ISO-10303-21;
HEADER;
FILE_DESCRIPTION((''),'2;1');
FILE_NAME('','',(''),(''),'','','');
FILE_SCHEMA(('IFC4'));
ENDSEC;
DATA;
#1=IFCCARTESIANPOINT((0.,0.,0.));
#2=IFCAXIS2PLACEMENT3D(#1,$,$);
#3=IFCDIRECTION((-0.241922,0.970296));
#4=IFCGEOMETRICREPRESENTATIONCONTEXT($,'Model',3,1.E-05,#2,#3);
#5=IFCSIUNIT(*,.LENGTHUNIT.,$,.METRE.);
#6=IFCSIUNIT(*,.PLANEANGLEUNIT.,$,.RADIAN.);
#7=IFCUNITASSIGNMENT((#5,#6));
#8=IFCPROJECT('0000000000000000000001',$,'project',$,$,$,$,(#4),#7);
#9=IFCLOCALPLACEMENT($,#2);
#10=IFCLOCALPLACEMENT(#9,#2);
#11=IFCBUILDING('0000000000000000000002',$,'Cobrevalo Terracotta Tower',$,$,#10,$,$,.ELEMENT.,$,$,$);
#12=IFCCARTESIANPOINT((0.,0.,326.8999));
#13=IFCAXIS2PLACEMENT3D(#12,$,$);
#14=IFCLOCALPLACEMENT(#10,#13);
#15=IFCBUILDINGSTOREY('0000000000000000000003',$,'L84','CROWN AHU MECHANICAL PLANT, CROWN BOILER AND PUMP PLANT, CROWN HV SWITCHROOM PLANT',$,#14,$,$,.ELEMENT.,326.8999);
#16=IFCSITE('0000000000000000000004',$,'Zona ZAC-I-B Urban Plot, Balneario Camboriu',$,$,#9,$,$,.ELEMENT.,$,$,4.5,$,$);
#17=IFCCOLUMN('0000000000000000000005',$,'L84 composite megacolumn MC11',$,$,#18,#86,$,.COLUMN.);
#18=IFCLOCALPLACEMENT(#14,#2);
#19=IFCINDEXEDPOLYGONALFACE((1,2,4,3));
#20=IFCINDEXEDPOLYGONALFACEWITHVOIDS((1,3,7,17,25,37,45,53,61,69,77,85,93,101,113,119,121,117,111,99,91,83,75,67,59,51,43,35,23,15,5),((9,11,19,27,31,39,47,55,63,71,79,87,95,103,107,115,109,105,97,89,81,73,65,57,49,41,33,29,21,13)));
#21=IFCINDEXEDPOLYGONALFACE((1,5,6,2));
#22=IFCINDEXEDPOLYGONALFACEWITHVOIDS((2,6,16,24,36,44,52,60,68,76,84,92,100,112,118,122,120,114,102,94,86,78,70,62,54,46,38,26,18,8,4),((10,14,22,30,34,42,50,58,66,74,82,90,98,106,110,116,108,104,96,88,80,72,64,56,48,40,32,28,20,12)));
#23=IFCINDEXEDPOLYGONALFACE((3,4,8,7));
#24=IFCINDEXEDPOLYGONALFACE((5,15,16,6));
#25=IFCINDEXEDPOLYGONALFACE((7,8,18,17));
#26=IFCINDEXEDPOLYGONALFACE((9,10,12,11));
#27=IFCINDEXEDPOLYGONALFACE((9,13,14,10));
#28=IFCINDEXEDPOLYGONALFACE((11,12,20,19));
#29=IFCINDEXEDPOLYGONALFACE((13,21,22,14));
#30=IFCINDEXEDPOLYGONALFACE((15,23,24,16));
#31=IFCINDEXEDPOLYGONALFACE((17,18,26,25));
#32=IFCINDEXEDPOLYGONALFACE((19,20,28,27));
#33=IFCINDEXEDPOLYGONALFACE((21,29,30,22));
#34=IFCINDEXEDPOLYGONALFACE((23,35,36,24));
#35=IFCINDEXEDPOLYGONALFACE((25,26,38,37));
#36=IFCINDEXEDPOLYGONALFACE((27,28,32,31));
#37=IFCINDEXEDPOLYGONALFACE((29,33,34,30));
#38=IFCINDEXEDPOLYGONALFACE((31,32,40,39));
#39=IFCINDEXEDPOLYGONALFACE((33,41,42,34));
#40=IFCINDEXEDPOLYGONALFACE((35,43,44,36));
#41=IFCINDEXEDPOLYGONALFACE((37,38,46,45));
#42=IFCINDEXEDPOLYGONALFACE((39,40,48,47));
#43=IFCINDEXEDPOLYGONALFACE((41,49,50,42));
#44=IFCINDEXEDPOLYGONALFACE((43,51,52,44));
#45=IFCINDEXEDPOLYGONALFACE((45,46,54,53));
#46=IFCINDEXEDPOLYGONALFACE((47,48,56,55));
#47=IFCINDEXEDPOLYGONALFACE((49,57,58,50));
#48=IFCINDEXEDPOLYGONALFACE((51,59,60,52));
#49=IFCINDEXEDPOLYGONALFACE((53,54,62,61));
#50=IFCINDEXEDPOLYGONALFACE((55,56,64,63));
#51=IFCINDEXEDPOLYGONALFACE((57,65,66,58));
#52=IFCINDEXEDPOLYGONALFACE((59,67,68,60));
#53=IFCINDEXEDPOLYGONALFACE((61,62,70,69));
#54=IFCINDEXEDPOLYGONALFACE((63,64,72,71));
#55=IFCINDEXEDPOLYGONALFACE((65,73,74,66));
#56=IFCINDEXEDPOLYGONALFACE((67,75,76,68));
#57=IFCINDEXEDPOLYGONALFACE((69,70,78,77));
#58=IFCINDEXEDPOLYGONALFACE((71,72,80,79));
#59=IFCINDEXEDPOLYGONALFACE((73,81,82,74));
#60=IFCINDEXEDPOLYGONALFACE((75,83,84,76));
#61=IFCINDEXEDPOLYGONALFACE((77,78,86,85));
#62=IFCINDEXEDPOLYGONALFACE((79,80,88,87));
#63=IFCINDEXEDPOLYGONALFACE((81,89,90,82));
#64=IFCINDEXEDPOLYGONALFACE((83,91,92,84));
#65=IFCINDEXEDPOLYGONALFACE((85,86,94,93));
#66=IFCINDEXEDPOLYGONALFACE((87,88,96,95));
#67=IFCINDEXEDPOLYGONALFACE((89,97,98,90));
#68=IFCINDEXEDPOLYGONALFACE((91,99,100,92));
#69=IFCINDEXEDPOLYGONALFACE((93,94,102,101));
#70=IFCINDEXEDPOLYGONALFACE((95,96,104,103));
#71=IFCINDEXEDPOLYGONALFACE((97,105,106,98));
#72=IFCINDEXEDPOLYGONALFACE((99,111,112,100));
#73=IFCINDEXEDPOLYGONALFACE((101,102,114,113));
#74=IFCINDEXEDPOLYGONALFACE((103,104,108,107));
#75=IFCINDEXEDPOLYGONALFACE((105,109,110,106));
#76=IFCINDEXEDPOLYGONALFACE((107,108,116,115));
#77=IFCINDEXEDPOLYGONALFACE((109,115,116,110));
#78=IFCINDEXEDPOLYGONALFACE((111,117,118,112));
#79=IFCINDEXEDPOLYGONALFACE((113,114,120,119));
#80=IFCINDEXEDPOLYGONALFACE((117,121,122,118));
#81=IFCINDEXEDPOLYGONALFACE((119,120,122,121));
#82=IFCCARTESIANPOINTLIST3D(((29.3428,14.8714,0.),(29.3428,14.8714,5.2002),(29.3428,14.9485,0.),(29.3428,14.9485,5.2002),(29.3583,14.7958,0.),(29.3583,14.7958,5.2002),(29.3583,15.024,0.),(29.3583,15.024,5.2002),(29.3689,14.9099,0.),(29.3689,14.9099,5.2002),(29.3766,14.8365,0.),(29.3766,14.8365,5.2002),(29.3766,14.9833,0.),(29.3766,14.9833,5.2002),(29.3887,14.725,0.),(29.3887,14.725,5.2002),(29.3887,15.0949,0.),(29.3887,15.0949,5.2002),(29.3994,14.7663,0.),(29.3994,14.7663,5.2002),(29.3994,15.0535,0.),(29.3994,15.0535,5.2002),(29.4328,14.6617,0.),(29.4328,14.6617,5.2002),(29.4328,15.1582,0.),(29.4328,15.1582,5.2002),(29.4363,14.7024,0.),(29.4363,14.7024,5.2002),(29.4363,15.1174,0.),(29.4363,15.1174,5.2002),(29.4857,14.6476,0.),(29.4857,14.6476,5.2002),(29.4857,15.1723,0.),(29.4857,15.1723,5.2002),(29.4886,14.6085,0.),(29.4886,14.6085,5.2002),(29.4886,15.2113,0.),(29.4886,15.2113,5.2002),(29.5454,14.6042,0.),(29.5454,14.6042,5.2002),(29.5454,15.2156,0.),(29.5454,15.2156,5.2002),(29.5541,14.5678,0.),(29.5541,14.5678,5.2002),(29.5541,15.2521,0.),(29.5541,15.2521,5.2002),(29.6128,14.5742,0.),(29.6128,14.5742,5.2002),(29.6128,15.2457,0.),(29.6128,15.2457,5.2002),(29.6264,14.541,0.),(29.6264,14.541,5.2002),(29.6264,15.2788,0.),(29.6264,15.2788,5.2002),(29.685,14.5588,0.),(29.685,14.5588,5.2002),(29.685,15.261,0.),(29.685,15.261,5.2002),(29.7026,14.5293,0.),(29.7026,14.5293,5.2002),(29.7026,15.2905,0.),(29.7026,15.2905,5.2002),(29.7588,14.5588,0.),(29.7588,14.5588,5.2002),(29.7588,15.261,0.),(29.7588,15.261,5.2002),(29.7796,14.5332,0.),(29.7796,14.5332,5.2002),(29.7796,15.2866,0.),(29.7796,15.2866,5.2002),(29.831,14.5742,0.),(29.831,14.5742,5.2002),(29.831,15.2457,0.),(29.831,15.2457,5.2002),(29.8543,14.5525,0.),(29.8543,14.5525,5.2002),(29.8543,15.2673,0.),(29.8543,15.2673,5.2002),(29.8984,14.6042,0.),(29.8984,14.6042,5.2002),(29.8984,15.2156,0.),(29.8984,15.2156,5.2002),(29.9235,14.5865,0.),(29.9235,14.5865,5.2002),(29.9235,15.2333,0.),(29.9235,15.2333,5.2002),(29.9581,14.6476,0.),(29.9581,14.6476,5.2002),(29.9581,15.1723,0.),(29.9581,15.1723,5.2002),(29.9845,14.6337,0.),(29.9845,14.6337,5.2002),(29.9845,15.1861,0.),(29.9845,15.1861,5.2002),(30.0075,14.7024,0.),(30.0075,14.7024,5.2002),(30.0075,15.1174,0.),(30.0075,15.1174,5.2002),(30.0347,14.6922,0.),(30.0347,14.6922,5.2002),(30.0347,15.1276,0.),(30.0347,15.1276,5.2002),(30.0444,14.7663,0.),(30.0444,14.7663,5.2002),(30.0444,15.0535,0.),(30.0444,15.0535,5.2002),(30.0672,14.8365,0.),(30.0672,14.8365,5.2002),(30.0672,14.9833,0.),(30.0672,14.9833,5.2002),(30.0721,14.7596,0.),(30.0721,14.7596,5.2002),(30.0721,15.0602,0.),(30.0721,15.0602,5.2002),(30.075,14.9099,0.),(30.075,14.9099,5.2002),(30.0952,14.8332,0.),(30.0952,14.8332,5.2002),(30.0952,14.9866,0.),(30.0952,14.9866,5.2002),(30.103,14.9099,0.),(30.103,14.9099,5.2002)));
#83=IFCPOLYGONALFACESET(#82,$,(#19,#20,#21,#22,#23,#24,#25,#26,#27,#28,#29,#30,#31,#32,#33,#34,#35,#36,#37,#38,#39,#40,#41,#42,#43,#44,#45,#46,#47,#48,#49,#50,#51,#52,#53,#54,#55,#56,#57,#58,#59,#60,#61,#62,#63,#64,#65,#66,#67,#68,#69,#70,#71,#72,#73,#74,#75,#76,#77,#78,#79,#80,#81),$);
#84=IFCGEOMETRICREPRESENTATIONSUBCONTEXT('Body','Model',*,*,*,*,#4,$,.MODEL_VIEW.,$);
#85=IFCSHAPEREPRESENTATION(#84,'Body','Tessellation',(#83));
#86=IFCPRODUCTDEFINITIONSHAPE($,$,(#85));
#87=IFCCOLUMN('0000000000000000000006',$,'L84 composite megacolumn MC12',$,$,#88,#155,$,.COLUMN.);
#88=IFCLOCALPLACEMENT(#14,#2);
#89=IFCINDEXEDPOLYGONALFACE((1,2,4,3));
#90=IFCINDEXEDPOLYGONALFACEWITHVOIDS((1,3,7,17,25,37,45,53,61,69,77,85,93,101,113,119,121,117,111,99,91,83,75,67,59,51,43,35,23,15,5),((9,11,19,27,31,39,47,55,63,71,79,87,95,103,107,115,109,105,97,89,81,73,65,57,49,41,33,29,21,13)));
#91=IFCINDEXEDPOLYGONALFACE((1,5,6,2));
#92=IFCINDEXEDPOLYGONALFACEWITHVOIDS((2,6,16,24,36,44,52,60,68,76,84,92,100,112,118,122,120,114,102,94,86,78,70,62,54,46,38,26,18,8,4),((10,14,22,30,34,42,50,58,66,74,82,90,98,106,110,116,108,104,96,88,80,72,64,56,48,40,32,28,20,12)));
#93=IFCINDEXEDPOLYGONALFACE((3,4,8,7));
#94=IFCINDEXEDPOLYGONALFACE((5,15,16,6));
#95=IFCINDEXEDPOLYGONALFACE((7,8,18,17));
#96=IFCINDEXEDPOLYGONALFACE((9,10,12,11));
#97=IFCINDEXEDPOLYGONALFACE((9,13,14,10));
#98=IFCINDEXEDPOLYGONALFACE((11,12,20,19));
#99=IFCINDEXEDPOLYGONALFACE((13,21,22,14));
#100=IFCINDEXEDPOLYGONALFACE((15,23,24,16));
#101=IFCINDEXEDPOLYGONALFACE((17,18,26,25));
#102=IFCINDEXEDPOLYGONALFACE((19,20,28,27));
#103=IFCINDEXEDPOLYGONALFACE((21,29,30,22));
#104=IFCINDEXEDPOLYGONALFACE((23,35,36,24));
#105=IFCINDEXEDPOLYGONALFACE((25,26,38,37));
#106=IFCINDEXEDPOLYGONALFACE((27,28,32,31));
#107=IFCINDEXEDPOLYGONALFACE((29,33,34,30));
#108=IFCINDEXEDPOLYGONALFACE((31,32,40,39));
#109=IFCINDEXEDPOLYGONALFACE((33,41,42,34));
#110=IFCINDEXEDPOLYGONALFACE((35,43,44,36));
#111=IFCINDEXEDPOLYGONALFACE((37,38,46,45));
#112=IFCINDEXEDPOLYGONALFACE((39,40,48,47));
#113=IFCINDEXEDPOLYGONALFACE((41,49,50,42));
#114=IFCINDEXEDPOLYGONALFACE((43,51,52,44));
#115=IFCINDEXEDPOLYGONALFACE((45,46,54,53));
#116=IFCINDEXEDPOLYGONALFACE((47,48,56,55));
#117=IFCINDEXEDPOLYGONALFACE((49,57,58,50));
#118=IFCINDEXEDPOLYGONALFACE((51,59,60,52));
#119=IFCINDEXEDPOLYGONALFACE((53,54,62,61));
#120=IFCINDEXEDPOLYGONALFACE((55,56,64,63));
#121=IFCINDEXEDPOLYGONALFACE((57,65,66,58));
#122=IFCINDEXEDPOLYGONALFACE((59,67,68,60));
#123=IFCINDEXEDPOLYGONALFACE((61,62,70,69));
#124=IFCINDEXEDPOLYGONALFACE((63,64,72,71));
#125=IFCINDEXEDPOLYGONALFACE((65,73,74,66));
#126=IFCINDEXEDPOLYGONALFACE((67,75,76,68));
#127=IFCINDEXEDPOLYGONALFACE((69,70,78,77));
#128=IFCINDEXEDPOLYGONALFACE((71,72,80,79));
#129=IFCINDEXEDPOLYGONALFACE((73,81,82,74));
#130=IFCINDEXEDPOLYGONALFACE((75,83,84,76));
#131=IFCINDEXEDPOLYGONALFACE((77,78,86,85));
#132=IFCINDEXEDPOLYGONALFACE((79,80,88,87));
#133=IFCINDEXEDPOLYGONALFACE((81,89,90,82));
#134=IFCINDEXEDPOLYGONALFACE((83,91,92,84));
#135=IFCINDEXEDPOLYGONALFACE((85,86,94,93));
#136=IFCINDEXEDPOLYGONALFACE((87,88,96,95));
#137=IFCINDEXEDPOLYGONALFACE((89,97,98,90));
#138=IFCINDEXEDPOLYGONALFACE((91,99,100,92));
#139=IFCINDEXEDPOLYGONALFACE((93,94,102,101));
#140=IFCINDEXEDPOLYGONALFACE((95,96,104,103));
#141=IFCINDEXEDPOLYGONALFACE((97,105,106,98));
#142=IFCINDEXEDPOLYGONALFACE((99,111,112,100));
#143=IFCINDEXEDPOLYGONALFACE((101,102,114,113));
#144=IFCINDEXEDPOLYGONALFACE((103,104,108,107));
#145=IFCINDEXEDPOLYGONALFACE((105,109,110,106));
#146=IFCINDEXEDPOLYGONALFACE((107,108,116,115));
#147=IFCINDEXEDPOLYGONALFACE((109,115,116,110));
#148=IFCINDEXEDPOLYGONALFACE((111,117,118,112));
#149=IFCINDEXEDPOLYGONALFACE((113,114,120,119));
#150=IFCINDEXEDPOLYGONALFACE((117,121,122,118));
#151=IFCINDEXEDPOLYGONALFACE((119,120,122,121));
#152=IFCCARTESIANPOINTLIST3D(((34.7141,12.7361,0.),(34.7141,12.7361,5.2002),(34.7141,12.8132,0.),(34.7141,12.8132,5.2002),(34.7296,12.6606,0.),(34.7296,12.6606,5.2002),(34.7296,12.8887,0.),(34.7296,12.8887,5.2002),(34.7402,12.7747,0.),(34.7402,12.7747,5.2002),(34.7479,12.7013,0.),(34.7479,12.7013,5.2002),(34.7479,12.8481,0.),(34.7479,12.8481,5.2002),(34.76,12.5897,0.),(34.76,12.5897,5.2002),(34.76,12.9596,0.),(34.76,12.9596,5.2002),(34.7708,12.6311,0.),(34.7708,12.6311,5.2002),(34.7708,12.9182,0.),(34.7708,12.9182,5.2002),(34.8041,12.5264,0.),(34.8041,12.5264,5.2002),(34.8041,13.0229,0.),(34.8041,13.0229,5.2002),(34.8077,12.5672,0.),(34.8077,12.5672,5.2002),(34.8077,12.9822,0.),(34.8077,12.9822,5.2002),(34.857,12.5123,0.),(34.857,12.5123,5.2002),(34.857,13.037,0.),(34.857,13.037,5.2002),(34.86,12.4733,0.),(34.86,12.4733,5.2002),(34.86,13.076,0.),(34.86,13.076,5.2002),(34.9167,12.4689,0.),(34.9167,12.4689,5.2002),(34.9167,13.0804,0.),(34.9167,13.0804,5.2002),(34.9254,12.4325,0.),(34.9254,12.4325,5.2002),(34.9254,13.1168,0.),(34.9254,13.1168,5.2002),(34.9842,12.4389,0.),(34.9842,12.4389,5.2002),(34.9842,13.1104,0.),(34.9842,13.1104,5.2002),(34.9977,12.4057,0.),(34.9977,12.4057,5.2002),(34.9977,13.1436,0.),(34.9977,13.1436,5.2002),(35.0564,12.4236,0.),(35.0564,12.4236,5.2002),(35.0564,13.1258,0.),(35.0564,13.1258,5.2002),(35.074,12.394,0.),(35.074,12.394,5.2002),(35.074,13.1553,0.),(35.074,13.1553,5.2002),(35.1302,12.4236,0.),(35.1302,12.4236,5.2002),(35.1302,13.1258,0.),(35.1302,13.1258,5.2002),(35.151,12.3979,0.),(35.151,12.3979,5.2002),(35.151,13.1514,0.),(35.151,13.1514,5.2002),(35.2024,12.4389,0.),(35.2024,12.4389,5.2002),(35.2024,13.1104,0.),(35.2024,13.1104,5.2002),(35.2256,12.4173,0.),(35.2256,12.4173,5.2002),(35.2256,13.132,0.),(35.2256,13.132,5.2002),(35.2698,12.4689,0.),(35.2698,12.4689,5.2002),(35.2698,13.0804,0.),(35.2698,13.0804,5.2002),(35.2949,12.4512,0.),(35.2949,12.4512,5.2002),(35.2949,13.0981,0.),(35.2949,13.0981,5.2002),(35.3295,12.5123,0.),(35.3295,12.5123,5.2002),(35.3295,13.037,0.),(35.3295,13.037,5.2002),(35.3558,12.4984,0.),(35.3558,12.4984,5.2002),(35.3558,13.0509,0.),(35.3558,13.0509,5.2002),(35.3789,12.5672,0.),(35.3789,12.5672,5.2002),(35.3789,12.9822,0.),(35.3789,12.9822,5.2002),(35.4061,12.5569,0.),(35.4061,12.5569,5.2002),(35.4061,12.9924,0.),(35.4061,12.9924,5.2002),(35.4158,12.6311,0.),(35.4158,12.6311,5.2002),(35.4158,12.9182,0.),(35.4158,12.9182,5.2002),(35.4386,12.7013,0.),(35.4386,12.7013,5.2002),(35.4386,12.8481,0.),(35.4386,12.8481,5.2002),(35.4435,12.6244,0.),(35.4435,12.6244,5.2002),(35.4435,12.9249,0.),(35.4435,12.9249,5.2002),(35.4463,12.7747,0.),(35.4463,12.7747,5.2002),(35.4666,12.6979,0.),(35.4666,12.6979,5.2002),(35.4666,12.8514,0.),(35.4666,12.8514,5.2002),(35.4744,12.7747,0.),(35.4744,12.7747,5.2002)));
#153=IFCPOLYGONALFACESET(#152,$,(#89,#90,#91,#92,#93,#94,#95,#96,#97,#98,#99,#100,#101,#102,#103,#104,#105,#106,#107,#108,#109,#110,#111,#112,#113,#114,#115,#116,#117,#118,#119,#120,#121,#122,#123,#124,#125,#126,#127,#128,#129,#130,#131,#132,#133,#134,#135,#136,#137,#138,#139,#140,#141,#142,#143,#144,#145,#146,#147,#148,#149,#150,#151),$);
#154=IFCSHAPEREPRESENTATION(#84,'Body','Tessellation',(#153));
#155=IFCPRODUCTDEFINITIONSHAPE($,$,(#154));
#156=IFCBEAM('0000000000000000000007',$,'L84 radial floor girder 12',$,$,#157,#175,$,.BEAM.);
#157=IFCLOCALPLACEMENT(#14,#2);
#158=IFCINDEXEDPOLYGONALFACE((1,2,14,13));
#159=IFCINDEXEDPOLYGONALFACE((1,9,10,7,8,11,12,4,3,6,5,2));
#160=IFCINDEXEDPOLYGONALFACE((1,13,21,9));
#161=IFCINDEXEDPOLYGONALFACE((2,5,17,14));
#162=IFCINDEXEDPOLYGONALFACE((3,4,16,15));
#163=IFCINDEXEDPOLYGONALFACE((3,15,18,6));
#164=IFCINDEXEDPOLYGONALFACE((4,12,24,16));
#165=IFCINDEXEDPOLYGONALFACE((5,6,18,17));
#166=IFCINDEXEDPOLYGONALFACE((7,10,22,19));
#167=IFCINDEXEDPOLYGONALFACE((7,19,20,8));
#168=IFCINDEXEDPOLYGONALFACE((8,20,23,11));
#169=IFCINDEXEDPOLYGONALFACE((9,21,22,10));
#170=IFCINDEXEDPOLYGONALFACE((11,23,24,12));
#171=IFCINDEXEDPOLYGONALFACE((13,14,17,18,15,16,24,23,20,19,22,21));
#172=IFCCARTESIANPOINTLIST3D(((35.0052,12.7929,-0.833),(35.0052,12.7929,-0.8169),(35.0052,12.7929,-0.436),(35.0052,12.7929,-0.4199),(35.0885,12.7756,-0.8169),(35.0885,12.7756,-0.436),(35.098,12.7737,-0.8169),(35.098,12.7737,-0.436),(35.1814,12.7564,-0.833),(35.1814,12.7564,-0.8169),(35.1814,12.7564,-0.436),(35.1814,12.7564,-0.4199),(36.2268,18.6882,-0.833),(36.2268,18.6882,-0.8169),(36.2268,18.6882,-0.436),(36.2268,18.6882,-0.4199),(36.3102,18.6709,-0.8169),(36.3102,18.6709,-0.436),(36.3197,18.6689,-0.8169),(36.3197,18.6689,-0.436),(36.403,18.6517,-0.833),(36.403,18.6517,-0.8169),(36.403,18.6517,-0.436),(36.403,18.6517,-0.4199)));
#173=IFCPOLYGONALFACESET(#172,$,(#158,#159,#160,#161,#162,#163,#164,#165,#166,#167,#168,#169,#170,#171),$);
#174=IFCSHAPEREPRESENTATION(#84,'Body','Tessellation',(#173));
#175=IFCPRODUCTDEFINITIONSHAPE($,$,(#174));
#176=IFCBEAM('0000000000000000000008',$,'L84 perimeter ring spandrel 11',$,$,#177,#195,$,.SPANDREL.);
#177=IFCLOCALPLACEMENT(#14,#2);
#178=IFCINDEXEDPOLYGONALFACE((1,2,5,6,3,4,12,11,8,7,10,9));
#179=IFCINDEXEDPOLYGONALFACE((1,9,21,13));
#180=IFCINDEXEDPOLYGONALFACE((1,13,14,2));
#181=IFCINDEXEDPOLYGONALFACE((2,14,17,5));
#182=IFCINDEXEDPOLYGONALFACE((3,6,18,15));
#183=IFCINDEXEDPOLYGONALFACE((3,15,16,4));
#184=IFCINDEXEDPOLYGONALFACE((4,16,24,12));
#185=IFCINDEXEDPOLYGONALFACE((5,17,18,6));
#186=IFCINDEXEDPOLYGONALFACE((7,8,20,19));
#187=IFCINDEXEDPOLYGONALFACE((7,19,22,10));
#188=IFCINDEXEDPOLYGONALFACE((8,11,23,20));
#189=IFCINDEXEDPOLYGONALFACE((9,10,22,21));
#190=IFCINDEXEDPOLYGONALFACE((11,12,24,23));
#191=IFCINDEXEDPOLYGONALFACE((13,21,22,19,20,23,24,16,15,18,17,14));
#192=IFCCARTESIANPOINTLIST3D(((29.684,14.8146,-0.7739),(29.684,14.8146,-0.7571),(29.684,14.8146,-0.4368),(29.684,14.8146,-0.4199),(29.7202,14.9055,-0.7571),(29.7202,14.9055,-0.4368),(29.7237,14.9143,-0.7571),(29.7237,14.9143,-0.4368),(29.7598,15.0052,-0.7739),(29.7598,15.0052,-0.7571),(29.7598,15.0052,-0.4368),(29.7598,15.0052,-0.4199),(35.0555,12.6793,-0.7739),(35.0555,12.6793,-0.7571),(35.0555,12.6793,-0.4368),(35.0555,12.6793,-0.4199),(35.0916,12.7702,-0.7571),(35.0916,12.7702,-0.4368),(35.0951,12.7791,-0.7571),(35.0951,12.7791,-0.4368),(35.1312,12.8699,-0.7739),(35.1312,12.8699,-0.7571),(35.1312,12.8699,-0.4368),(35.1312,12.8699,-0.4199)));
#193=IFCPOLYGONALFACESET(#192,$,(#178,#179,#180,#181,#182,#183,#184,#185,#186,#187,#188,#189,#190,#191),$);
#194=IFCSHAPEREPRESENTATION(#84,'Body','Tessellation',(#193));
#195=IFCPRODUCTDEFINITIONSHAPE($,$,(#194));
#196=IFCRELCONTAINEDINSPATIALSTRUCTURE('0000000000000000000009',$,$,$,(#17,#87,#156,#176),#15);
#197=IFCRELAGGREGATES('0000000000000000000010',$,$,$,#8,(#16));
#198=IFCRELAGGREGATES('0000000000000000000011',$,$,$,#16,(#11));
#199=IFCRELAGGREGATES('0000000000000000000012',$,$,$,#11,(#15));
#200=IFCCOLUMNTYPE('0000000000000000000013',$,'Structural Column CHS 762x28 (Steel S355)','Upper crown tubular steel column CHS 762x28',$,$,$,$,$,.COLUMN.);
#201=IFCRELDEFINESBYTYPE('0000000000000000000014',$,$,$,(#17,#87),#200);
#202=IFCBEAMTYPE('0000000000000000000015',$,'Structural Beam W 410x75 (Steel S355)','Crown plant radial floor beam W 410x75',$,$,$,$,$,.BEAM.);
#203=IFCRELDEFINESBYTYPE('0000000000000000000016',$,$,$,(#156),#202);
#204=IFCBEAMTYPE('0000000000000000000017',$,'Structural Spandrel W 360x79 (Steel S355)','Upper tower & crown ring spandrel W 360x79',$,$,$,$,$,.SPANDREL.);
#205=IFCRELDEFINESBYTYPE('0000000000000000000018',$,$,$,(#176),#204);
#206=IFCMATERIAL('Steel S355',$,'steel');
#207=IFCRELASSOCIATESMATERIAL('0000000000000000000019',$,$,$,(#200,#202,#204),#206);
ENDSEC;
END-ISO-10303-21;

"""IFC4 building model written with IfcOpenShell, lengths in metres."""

from ifc_helpers import new_model, si_unit, direction, frame, origin, origin_2d, place, context, subcontext, project, spatial, hollow_circle, i_section, extrude, material, material_profile, profile_set, type_object, element, save


model = new_model("IFC4")

# Units and contexts
model_context = context("Model", 3, precision=1e-05, world=origin(), true_north=direction((-0.241922, 0.970296)))
body_context = subcontext(model_context, "Body", "Model", "MODEL_VIEW")
ifc_project = project(units=[si_unit("LENGTHUNIT", "METRE"), si_unit("PLANEANGLEUNIT", "RADIAN")], contexts=[model_context])

# Site, building, storey
site_placement = place(None, origin())
site = spatial("IfcSite", under=ifc_project, at=site_placement, Name="Zona ZAC-I-B Urban Plot, Balneario Camboriu", CompositionType="ELEMENT", RefElevation=4.5)
building_placement = place(site_placement, origin())
building = spatial("IfcBuilding", under=site, at=building_placement, Name="Cobrevalo Terracotta Tower", CompositionType="ELEMENT")
storey_placement = place(building_placement, frame((0.0, 0.0, 326.8999)))
storey = spatial("IfcBuildingStorey", under=building, at=storey_placement, Name="L84", Description="CROWN AHU MECHANICAL PLANT, CROWN BOILER AND PUMP PLANT, CROWN HV SWITCHROOM PLANT", CompositionType="ELEMENT", Elevation=326.8999)

# Columns
ifc_material_1 = material(Name="Steel S355", Category="steel")
ifc_material_profile_1 = material_profile(ifc_material_1, hollow_circle(Radius=0.3811, WallThickness=0.0281, at=origin_2d()), Name="CHS 762x28")
ifc_profile_set_1 = profile_set([ifc_material_profile_1], Name="Steel S355")
column_type = type_object("IfcColumnType", Name="Structural Column CHS 762x28 (Steel S355)", Description="Upper crown tubular steel column CHS 762x28", PredefinedType="COLUMN", material=ifc_profile_set_1)
for number, where, z_axis, x_axis, name in (
    (1, (29.7219, 14.9099, 0.0), (0.0, 0.0, 1.0), (1.0, 0.0, 0.0), "L84 composite megacolumn MC11"),
    (2, (35.0933, 12.7747, 0.0), (0.0, 0.0, 1.0), (1.0, 0.0, 0.0), "L84 composite megacolumn MC12"),
):
    element("IfcColumn", number, at=place(storey_placement, frame(where, z_axis=z_axis, x_axis=x_axis)), inside=storey, type_object=column_type, Name=name, PredefinedType="COLUMN", context=body_context, shape_type="SweptSolid", body=[
        extrude(hollow_circle(Radius=0.3811, WallThickness=0.0281, at=origin_2d()), origin(), (0.0, 0.0, 1.0), 5.2002),
    ])

# Beams
ifc_material_profile_2 = material_profile(ifc_material_1, i_section(OverallWidth=0.1799, OverallDepth=0.4131, WebThickness=0.0098, FlangeThickness=0.0161, at=origin_2d()), Name="W 410x75")
ifc_profile_set_2 = profile_set([ifc_material_profile_2], Name="Steel S355")
beam_type_1 = type_object("IfcBeamType", Name="Structural Beam W 410x75 (Steel S355)", Description="Crown plant radial floor beam W 410x75", PredefinedType="BEAM", material=ifc_profile_set_2)
beam_1_placement = place(storey_placement, frame((35.0933, 12.7747, -0.6265), z_axis=(0.202919, 0.979195, 0.0), x_axis=(-0.979195, 0.202919, 0.0)))
element("IfcBeam", 3, at=beam_1_placement, inside=storey, type_object=beam_type_1, Name="L84 radial floor girder 12", PredefinedType="BEAM", context=body_context, shape_type="SweptSolid", body=[
    extrude(i_section(OverallWidth=0.1799, OverallDepth=0.4131, WebThickness=0.0098, FlangeThickness=0.0161, at=origin_2d()), origin(), (0.0, 0.0, 1.0), 6.0205),
])
ifc_material_profile_3 = material_profile(ifc_material_1, i_section(OverallWidth=0.2051, OverallDepth=0.354, WebThickness=0.0095, FlangeThickness=0.0168, at=origin_2d()), Name="W 360x79")
ifc_profile_set_3 = profile_set([ifc_material_profile_3], Name="Steel S355")
beam_type_2 = type_object("IfcBeamType", Name="Structural Spandrel W 360x79 (Steel S355)", Description="Upper tower & crown ring spandrel W 360x79", PredefinedType="SPANDREL", material=ifc_profile_set_3)
beam_2_placement = place(storey_placement, frame((29.7219, 14.9099, -0.5969), z_axis=(0.929267, -0.369409, 0.0), x_axis=(0.369409, 0.929267, 0.0)))
element("IfcBeam", 4, at=beam_2_placement, inside=storey, type_object=beam_type_2, Name="L84 perimeter ring spandrel 11", PredefinedType="SPANDREL", context=body_context, shape_type="SweptSolid", body=[
    extrude(i_section(OverallWidth=0.2051, OverallDepth=0.354, WebThickness=0.0095, FlangeThickness=0.0168, at=origin_2d()), origin(), (0.0, 0.0, 1.0), 5.7803),
])

save(model, "model.ifc")
